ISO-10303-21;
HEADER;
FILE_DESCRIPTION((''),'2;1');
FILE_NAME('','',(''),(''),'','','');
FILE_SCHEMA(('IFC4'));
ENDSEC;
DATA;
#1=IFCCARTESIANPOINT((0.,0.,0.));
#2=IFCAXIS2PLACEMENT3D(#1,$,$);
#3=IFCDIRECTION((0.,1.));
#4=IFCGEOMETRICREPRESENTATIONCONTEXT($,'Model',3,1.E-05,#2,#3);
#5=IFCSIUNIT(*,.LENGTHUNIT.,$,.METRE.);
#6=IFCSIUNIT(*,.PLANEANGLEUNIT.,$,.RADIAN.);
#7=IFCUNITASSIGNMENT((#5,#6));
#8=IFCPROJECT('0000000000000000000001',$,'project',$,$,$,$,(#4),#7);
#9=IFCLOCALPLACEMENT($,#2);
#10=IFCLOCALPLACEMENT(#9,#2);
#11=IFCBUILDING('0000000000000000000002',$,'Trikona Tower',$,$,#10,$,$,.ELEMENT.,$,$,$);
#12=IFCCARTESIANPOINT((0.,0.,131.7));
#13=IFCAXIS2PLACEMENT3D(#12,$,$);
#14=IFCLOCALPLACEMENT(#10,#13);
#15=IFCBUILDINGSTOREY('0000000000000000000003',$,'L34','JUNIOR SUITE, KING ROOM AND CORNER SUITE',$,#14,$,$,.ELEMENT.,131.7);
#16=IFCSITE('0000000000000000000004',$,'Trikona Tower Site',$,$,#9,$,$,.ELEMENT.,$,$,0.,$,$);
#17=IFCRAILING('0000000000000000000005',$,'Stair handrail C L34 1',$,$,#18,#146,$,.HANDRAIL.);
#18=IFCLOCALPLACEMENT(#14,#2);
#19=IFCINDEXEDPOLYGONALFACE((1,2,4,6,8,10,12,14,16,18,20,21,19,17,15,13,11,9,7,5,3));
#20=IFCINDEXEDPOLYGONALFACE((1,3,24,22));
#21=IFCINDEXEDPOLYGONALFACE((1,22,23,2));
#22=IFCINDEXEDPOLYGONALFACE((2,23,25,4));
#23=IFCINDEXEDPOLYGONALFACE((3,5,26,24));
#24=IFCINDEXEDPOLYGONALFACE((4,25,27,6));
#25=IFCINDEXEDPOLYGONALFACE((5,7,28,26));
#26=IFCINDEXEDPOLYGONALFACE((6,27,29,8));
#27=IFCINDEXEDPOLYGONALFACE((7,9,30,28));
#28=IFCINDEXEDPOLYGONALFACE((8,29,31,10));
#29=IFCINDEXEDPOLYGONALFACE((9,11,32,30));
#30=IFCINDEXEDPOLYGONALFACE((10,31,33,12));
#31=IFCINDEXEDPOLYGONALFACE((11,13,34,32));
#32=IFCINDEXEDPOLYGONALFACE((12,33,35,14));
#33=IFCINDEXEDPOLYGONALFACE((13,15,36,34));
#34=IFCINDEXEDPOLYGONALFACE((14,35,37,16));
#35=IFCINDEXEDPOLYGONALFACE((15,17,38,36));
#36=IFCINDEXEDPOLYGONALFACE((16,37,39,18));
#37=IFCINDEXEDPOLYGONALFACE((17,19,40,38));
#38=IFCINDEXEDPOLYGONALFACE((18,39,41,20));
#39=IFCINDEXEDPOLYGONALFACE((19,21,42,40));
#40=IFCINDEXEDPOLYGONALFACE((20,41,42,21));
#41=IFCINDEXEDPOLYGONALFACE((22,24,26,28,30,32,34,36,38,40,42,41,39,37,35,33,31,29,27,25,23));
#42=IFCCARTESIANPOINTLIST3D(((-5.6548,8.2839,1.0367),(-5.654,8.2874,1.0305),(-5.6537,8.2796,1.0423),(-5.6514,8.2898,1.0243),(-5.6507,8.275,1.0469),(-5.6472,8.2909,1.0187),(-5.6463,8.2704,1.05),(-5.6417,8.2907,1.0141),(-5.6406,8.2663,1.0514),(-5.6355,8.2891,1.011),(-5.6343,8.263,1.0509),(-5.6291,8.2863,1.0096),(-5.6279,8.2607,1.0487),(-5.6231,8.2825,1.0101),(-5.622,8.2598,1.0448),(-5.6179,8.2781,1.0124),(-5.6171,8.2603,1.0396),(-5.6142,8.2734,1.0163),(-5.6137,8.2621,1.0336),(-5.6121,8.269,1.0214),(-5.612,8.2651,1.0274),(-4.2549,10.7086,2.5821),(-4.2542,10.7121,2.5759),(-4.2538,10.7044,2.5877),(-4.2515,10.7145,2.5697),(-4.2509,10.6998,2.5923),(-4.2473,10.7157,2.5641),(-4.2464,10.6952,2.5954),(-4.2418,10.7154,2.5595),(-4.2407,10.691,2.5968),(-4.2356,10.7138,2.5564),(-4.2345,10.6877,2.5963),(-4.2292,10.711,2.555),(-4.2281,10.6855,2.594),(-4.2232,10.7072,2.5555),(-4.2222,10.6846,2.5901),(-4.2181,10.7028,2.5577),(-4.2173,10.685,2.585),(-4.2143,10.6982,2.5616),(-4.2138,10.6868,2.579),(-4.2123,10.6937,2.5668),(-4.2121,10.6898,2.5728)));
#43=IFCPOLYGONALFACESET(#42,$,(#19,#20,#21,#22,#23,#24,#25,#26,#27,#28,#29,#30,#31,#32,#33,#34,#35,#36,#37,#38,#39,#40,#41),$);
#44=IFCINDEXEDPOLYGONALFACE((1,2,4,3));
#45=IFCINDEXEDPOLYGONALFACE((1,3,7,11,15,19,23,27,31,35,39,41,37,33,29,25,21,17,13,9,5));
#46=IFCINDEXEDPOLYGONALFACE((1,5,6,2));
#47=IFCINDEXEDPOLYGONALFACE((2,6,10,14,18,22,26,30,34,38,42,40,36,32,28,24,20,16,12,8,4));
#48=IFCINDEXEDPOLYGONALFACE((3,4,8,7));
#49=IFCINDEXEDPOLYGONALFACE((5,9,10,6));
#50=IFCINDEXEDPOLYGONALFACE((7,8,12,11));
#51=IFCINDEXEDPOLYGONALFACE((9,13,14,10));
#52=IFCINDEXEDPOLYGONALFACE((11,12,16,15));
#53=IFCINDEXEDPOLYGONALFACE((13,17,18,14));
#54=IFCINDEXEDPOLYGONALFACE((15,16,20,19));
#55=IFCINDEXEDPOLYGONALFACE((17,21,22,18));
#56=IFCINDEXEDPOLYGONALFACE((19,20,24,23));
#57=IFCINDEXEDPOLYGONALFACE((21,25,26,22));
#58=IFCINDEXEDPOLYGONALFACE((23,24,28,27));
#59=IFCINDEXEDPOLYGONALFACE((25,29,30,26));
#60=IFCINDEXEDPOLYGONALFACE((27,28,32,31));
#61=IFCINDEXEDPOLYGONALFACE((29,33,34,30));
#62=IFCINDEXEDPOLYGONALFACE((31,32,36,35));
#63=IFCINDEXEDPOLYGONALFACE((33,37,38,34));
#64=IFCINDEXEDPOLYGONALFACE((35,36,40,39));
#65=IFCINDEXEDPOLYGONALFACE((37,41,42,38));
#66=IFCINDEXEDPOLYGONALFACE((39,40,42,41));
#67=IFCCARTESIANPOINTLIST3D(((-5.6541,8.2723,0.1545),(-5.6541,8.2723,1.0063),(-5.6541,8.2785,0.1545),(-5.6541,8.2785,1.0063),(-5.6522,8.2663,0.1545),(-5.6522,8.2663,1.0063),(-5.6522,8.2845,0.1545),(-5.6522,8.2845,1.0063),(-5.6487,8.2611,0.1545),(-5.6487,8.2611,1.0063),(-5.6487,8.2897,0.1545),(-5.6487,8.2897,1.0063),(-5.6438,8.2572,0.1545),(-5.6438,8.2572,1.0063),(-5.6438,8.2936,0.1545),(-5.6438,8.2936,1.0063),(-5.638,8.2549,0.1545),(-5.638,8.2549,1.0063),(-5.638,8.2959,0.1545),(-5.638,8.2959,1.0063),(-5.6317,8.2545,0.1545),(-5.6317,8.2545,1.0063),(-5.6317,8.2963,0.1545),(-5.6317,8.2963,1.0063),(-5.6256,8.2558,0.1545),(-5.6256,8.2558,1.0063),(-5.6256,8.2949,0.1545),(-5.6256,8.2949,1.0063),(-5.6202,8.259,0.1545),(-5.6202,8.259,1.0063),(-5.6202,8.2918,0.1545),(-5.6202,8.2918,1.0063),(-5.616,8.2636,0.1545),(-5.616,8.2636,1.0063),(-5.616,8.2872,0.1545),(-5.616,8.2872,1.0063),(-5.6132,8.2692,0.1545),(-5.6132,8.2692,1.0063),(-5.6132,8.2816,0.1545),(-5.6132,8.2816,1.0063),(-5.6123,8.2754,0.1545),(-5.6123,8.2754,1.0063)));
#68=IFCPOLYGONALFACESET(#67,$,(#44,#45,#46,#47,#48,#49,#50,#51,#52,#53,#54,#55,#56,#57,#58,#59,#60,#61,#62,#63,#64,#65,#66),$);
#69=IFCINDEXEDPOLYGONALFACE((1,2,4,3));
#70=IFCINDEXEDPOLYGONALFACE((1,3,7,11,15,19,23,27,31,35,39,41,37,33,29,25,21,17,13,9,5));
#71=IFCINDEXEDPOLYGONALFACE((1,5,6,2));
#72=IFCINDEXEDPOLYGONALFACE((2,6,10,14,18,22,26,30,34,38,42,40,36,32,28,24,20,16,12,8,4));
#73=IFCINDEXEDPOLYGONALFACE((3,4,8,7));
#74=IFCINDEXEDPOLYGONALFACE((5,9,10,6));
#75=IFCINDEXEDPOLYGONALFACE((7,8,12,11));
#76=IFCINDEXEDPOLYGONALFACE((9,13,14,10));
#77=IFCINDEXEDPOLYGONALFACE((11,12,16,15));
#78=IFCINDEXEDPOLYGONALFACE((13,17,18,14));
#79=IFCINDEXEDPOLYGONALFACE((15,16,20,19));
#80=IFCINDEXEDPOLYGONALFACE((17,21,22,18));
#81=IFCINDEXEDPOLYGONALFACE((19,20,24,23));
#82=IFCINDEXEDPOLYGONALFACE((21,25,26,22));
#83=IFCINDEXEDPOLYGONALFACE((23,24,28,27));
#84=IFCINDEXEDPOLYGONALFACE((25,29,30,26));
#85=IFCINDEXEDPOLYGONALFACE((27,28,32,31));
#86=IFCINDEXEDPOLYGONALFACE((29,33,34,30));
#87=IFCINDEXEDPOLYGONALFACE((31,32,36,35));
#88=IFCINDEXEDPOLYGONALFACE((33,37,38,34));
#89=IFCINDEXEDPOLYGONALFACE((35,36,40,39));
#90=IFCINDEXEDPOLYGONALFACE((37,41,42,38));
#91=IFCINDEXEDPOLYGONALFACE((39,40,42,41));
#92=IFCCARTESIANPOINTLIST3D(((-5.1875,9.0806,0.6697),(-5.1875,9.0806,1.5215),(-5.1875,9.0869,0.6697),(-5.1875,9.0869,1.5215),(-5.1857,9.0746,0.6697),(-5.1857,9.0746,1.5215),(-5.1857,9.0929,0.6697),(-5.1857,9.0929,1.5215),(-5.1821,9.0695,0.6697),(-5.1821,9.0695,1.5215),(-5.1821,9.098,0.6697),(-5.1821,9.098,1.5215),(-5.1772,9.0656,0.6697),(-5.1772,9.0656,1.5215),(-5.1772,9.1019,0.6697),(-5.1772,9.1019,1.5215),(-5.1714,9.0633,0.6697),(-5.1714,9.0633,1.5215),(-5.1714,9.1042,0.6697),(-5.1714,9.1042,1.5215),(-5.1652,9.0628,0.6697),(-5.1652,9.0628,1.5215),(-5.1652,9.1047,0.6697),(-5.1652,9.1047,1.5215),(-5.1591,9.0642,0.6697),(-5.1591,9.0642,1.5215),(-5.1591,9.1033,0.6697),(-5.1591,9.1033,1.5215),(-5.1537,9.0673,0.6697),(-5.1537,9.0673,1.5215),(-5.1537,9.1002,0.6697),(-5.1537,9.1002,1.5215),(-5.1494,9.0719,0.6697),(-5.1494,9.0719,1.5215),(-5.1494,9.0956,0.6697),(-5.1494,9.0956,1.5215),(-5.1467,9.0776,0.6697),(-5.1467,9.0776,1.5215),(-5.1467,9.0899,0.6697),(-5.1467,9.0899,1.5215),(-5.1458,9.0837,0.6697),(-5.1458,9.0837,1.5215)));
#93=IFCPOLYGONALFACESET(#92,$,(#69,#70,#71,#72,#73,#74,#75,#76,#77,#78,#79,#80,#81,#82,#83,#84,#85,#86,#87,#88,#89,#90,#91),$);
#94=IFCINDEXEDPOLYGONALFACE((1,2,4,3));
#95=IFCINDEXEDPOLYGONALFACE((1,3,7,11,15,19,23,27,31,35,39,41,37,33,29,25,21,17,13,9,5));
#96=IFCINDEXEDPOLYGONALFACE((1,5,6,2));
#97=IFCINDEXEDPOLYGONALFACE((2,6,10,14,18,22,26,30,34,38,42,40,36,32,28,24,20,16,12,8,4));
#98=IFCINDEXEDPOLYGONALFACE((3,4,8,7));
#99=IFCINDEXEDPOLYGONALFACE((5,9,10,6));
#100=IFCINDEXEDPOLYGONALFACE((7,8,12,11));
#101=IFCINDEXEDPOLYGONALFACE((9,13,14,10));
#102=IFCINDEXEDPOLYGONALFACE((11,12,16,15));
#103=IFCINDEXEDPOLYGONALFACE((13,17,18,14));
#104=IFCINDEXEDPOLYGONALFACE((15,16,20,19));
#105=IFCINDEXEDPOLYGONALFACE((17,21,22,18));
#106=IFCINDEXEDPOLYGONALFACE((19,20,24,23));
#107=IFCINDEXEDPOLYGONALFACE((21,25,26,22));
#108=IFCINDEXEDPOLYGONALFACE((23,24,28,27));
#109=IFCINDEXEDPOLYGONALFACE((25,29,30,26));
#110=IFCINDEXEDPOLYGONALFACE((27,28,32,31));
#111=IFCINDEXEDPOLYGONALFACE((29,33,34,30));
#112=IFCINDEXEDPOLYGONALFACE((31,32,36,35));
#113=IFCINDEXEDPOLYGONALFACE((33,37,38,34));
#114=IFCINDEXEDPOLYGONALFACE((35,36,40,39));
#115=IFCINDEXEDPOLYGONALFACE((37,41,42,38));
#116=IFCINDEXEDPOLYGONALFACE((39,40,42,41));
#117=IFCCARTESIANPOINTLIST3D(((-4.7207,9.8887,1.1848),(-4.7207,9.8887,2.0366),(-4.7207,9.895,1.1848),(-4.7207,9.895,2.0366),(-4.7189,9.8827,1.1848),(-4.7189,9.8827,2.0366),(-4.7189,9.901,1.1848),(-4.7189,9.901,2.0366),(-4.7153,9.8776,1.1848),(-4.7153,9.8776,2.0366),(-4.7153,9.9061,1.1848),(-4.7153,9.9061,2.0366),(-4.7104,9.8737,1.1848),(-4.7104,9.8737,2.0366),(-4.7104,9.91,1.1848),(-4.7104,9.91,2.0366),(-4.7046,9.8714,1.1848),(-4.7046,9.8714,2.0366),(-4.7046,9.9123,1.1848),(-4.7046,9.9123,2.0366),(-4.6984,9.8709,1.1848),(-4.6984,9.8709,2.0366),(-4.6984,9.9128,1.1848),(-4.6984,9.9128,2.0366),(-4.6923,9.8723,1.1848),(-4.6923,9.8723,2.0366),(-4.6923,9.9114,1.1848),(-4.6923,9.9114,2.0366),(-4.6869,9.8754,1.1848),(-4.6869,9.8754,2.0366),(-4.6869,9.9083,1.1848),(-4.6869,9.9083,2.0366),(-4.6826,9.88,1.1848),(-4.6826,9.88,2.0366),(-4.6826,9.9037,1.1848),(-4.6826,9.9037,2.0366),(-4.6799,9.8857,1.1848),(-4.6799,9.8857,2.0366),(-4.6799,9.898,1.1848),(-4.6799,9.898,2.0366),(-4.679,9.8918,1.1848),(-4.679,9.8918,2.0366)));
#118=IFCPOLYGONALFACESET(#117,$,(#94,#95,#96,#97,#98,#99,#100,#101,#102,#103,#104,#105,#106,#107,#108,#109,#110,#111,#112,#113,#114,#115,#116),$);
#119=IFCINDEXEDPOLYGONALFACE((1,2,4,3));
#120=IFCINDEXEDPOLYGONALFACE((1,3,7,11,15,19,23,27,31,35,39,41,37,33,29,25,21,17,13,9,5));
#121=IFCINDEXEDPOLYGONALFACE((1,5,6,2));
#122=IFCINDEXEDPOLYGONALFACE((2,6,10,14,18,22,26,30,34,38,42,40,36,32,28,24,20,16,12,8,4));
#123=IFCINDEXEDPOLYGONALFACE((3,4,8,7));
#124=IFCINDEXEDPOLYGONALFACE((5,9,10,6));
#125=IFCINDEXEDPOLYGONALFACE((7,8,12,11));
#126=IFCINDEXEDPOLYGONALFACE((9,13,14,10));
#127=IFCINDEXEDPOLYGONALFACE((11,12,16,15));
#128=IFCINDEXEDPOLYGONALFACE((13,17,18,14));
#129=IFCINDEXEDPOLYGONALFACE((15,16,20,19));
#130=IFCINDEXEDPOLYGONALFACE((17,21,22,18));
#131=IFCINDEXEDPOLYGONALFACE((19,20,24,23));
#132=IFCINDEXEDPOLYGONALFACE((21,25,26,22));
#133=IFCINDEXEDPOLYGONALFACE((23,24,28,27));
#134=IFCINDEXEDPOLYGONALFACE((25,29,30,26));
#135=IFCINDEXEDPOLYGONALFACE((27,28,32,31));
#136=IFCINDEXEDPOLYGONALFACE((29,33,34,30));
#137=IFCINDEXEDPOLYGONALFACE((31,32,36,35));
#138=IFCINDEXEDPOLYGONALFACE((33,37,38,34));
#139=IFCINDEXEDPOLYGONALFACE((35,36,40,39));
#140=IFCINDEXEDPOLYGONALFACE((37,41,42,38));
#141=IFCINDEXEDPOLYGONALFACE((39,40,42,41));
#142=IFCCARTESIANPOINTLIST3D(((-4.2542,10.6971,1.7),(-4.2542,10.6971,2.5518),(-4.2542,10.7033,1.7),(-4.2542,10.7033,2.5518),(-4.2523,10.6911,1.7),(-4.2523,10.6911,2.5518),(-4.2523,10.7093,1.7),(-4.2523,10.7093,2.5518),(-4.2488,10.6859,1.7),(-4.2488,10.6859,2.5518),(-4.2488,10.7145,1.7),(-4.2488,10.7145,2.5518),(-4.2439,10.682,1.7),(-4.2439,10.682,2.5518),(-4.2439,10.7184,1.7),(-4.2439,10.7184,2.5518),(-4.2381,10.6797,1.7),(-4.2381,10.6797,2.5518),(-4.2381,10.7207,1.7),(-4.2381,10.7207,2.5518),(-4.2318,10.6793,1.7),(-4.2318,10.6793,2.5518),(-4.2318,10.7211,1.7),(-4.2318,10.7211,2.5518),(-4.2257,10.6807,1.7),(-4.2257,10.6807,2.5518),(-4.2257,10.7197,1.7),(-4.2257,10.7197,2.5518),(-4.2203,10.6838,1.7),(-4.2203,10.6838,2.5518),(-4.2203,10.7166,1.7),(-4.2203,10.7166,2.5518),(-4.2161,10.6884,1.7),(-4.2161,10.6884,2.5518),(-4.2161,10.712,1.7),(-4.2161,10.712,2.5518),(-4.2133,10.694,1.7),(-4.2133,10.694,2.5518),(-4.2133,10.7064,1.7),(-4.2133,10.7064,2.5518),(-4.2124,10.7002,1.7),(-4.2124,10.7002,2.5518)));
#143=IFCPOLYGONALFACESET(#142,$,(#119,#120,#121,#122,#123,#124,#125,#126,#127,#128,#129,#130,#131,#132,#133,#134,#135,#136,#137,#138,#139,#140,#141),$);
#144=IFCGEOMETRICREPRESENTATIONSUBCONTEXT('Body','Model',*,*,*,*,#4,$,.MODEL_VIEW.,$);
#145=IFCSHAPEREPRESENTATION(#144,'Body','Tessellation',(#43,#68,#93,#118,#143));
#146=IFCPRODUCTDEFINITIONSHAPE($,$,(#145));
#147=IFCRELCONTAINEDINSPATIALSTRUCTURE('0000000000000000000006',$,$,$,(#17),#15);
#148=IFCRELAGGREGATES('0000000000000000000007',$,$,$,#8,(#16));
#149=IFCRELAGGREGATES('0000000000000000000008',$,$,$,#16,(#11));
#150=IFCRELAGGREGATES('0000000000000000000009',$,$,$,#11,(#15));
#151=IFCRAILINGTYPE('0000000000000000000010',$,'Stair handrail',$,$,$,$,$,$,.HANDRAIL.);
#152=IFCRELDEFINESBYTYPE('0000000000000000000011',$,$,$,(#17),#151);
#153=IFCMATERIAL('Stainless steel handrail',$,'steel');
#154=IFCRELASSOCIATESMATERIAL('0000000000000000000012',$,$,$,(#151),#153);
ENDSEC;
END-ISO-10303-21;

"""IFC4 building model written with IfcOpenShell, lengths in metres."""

from ifc_helpers import new_model, si_unit, direction, frame, origin, origin_2d, place, context, subcontext, project, spatial, circle, extrude, material, type_object, element, save


model = new_model("IFC4")

# Units and contexts
model_context = context("Model", 3, precision=1e-05, world=origin(), true_north=direction((0.0, 1.0)))
body_context = subcontext(model_context, "Body", "Model", "MODEL_VIEW")
ifc_project = project(units=[si_unit("LENGTHUNIT", "METRE"), si_unit("PLANEANGLEUNIT", "RADIAN")], contexts=[model_context])

# Site, building, storey
site_placement = place(None, origin())
site = spatial("IfcSite", under=ifc_project, at=site_placement, Name="Trikona Tower Site", CompositionType="ELEMENT", RefElevation=0.0)
building_placement = place(site_placement, origin())
building = spatial("IfcBuilding", under=site, at=building_placement, Name="Trikona Tower", CompositionType="ELEMENT")
storey_placement = place(building_placement, frame((0.0, 0.0, 131.7)))
storey = spatial("IfcBuildingStorey", under=building, at=storey_placement, Name="L34", Description="JUNIOR SUITE, KING ROOM AND CORNER SUITE", CompositionType="ELEMENT", Elevation=131.7)

# Railing
ifc_material_1 = material(Name="Stainless steel handrail", Category="steel")
railing_type = type_object("IfcRailingType", Name="Stair handrail", PredefinedType="HANDRAIL", material=ifc_material_1)
railing_1_placement = place(storey_placement, frame((-5.6333, 8.2754, 0.1545)))
element("IfcRailing", 1, at=railing_1_placement, inside=storey, type_object=railing_type, Name="Stair handrail C L34 1", PredefinedType="HANDRAIL", context=body_context, shape_type="SweptSolid", body=[
    extrude(circle(Radius=0.0239, at=origin_2d()), frame((0.0, 0.0, 0.876), z_axis=(0.437733, 0.758207, 0.483231), x_axis=(-0.866035, 0.499984, 0.0)), (0.0, 0.0, 1.0), 3.198),
    extrude(circle(Radius=0.021, at=origin_2d()), origin(), (0.0, 0.0, 1.0), 0.8518),
    extrude(circle(Radius=0.021, at=origin_2d()), frame((0.4666, 0.8083, 0.5151)), (0.0, 0.0, 1.0), 0.8518),
    extrude(circle(Radius=0.021, at=origin_2d()), frame((0.9333, 1.6165, 1.0303)), (0.0, 0.0, 1.0), 0.8518),
    extrude(circle(Radius=0.021, at=origin_2d()), frame((1.3999, 2.4248, 1.5454)), (0.0, 0.0, 1.0), 0.8518),
])

save(model, "model.ifc")
